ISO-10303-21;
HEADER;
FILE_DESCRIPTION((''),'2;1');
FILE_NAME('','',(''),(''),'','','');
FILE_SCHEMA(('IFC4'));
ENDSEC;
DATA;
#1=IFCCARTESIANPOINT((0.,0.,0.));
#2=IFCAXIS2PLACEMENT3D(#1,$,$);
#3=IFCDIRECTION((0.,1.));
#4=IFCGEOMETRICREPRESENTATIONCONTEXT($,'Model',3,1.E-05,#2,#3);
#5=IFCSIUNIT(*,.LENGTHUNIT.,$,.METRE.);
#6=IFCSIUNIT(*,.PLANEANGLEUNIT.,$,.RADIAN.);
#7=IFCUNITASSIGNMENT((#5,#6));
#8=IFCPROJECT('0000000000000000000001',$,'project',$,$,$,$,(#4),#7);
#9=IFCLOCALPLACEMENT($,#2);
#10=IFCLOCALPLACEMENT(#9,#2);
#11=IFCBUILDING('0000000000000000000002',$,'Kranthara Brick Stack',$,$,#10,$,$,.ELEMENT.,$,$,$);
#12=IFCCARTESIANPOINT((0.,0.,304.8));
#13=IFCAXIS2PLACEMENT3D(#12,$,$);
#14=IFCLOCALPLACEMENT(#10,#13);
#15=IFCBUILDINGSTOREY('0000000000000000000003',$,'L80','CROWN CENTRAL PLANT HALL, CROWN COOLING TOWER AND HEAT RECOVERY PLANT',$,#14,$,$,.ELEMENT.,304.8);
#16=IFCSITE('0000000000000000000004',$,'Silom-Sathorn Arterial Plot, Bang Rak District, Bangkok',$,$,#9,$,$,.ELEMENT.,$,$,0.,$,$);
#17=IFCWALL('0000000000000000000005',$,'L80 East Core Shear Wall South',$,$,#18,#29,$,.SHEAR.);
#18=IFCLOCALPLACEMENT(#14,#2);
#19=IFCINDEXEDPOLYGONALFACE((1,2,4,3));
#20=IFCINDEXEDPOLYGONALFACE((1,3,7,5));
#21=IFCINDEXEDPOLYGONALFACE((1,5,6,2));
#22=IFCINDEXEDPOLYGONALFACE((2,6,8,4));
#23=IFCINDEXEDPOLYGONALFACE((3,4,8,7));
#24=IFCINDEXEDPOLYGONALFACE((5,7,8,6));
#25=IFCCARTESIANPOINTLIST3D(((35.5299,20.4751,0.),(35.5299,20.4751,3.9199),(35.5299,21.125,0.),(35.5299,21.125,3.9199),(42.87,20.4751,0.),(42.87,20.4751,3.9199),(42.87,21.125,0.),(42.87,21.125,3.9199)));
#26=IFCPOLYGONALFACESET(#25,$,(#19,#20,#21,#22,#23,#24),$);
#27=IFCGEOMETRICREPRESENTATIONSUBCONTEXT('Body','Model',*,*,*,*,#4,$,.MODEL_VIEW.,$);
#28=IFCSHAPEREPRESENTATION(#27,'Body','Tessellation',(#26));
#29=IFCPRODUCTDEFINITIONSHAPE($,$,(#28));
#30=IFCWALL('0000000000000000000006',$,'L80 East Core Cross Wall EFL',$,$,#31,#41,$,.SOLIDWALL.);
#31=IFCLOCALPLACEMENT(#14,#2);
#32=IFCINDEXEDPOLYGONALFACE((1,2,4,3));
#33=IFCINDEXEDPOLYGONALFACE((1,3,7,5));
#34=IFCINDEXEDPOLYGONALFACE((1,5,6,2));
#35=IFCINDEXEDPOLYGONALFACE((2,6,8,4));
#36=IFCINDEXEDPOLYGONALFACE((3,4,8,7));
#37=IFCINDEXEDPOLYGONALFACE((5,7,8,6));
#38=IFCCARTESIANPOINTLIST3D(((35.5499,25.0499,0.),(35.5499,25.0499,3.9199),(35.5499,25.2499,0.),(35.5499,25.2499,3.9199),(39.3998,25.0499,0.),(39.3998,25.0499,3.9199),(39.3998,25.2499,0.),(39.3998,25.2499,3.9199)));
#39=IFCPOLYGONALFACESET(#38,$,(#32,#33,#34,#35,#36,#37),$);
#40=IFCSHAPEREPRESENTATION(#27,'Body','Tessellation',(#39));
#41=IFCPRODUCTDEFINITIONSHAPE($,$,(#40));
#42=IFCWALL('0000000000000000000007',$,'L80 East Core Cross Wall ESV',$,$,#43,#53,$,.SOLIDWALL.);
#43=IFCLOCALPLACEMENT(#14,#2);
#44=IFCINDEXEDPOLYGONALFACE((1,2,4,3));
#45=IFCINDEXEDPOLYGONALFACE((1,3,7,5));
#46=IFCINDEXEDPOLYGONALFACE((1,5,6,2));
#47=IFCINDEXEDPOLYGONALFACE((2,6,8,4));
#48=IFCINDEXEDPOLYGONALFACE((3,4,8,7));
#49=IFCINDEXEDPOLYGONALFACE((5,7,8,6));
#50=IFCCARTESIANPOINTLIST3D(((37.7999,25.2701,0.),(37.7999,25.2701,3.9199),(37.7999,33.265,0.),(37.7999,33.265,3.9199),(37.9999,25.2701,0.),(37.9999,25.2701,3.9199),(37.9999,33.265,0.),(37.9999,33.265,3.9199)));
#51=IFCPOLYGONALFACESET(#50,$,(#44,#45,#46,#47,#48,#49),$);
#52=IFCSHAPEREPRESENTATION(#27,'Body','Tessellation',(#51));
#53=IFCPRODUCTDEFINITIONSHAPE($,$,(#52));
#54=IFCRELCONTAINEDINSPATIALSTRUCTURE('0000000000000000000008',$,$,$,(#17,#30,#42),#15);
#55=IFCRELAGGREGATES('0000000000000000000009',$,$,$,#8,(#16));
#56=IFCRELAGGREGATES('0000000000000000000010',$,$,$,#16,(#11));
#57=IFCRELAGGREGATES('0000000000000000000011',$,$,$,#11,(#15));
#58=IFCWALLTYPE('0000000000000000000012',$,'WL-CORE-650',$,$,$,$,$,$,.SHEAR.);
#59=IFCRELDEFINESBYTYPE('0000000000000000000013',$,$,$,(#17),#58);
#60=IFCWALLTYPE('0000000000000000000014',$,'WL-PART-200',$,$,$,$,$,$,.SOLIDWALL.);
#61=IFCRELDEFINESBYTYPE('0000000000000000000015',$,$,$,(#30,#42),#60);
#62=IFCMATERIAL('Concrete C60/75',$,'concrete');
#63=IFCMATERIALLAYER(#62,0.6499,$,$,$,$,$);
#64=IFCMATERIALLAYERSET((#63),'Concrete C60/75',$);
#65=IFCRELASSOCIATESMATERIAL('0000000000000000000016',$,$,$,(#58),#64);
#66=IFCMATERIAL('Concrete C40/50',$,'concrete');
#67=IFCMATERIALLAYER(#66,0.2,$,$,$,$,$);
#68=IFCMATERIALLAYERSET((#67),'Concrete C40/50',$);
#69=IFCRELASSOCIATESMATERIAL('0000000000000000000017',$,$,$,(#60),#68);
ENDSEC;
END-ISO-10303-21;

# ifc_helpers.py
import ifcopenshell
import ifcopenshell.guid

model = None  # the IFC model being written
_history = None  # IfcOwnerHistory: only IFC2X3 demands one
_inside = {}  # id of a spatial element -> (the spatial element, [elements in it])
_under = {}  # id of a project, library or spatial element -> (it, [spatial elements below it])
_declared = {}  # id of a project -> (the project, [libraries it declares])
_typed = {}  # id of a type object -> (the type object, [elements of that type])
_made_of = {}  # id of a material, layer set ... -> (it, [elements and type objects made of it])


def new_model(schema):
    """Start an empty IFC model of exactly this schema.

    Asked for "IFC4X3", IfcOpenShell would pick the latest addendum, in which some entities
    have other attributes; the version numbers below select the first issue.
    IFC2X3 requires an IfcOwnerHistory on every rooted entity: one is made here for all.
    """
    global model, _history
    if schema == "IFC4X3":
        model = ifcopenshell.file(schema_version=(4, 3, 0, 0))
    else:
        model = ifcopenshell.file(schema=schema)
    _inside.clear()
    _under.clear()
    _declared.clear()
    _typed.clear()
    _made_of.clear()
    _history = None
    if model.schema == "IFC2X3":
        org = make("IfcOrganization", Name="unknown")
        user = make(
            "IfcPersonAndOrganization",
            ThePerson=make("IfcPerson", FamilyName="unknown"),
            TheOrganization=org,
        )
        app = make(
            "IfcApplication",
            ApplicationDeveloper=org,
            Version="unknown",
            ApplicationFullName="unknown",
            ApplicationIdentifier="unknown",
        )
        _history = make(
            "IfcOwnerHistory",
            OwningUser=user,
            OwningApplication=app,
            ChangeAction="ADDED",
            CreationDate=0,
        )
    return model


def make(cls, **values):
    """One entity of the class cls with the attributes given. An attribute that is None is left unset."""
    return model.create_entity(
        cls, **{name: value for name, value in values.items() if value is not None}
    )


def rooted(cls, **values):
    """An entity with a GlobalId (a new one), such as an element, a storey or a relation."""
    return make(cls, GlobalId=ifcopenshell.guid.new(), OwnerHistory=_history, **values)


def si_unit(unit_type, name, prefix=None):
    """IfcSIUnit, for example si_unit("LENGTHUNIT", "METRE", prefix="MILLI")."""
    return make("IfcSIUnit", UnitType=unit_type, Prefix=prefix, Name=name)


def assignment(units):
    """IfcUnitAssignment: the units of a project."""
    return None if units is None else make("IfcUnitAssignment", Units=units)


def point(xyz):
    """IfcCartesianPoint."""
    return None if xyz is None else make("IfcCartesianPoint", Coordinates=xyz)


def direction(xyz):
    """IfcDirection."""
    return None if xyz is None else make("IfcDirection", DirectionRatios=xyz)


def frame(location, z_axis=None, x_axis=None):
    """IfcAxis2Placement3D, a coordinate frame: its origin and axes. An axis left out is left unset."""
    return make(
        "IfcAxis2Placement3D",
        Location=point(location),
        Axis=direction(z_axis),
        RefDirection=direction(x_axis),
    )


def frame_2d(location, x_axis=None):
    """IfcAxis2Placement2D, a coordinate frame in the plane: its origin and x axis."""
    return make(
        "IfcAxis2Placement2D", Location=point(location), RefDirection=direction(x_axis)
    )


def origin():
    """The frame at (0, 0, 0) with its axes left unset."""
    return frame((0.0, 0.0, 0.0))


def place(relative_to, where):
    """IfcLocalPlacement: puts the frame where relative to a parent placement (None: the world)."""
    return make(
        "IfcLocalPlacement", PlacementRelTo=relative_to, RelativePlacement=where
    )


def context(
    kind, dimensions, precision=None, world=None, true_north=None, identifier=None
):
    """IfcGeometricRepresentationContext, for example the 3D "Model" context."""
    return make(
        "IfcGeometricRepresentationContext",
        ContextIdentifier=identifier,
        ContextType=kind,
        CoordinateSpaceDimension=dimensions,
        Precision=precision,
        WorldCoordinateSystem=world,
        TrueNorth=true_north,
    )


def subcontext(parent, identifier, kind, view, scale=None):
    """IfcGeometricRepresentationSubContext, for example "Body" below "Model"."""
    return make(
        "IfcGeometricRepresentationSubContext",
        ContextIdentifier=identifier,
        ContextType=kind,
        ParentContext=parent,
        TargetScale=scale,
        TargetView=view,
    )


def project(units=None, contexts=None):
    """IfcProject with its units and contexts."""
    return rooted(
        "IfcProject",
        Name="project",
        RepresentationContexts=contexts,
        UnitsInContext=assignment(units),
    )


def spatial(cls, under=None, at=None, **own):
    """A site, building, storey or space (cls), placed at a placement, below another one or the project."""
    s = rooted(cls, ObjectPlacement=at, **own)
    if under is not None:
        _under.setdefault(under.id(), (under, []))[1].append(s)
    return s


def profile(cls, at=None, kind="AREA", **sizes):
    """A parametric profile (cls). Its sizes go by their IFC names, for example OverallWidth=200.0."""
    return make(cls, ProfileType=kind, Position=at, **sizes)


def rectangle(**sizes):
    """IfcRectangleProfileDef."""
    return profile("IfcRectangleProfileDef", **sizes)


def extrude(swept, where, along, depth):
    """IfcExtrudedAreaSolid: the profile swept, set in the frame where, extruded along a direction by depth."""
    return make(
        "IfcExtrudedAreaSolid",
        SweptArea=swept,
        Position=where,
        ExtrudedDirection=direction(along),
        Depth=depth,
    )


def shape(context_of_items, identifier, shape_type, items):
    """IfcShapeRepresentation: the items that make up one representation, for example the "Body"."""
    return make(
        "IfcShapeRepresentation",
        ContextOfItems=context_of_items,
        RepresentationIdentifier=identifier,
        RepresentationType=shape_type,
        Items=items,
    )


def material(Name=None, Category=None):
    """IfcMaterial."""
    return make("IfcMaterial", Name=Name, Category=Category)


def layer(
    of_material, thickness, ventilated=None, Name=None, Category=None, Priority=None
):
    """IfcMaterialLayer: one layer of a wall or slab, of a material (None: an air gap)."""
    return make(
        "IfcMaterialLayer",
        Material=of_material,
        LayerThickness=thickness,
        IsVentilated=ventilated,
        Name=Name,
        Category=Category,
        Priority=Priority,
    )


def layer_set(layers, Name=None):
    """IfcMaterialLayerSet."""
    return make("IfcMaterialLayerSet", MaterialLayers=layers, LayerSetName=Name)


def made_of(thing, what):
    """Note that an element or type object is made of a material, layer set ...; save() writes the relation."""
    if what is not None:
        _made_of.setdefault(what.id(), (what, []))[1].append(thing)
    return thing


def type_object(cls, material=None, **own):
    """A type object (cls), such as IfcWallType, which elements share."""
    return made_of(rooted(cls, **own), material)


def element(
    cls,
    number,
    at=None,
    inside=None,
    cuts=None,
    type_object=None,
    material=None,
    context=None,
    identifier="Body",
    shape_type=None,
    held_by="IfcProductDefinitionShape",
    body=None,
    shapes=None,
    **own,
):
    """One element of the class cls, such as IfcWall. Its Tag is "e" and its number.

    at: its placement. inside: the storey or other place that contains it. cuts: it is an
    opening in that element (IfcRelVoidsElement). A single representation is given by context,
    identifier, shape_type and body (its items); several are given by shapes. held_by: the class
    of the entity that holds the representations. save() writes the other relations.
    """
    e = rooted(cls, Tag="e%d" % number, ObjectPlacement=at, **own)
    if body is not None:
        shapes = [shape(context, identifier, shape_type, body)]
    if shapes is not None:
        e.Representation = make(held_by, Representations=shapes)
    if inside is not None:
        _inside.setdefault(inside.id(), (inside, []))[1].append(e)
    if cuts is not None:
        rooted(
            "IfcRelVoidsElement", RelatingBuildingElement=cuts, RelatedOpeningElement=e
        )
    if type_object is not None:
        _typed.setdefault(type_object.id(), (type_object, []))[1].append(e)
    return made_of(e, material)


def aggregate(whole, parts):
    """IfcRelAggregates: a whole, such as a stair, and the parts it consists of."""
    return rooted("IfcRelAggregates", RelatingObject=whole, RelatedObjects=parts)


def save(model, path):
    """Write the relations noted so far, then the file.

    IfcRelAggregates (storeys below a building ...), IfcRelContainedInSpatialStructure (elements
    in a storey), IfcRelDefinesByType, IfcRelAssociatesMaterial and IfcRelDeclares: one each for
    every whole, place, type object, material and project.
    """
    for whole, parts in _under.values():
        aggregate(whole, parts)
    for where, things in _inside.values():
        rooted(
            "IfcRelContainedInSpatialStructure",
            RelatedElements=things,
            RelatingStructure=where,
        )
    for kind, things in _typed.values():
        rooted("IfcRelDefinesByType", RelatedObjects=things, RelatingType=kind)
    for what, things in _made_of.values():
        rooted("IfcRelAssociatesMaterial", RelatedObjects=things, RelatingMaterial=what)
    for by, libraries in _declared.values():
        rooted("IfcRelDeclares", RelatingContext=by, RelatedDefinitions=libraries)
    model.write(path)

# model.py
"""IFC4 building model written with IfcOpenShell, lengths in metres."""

from ifc_helpers import new_model, si_unit, direction, frame, frame_2d, origin, place, context, subcontext, project, spatial, rectangle, extrude, material, layer, layer_set, type_object, element, save


model = new_model("IFC4")

# Units and contexts
model_context = context("Model", 3, precision=1e-05, world=origin(), true_north=direction((0.0, 1.0)))
body_context = subcontext(model_context, "Body", "Model", "MODEL_VIEW")
ifc_project = project(units=[si_unit("LENGTHUNIT", "METRE"), si_unit("PLANEANGLEUNIT", "RADIAN")], contexts=[model_context])

# Site, building, storey
site_placement = place(None, origin())
site = spatial("IfcSite", under=ifc_project, at=site_placement, Name="Silom-Sathorn Arterial Plot, Bang Rak District, Bangkok", CompositionType="ELEMENT", RefElevation=0.0)
building_placement = place(site_placement, origin())
building = spatial("IfcBuilding", under=site, at=building_placement, Name="Kranthara Brick Stack", CompositionType="ELEMENT")
storey_placement = place(building_placement, frame((0.0, 0.0, 304.8)))
storey = spatial("IfcBuildingStorey", under=building, at=storey_placement, Name="L80", Description="CROWN CENTRAL PLANT HALL, CROWN COOLING TOWER AND HEAT RECOVERY PLANT", CompositionType="ELEMENT", Elevation=304.8)

# Wall
ifc_material_1 = material(Name="Concrete C60/75", Category="concrete")
ifc_layer_1 = layer(ifc_material_1, 0.6499)
ifc_layer_set_1 = layer_set([ifc_layer_1], Name="Concrete C60/75")
wall_type_1 = type_object("IfcWallType", Name="WL-CORE-650", PredefinedType="SHEAR", material=ifc_layer_set_1)
wall_1_placement = place(storey_placement, frame((35.53, 20.8, 0.0), z_axis=(0.0, 0.0, 1.0), x_axis=(1.0, 0.0, 0.0)))
element("IfcWall", 1, at=wall_1_placement, inside=storey, type_object=wall_type_1, Name="L80 East Core Shear Wall South", PredefinedType="SHEAR", context=body_context, shape_type="SweptSolid", body=[
    extrude(rectangle(XDim=7.3401, YDim=0.6499, at=frame_2d((3.6699, 0.0))), origin(), (0.0, 0.0, 1.0), 3.9199),
])

# Walls
ifc_material_2 = material(Name="Concrete C40/50", Category="concrete")
ifc_layer_2 = layer(ifc_material_2, 0.2)
ifc_layer_set_2 = layer_set([ifc_layer_2], Name="Concrete C40/50")
wall_type_2 = type_object("IfcWallType", Name="WL-PART-200", PredefinedType="SOLIDWALL", material=ifc_layer_set_2)
wall_2_placement = place(storey_placement, frame((35.55, 25.1499, 0.0), z_axis=(0.0, 0.0, 1.0), x_axis=(1.0, 0.0, 0.0)))
element("IfcWall", 2, at=wall_2_placement, inside=storey, type_object=wall_type_2, Name="L80 East Core Cross Wall EFL", PredefinedType="SOLIDWALL", context=body_context, shape_type="SweptSolid", body=[
    extrude(rectangle(XDim=3.8499, YDim=0.2, at=frame_2d((1.9248, 0.0))), origin(), (0.0, 0.0, 1.0), 3.9199),
])
wall_3_placement = place(storey_placement, frame((37.8999, 25.27, 0.0), z_axis=(0.0, 0.0, 1.0), x_axis=(0.0, 1.0, 0.0)))
element("IfcWall", 3, at=wall_3_placement, inside=storey, type_object=wall_type_2, Name="L80 East Core Cross Wall ESV", PredefinedType="SOLIDWALL", context=body_context, shape_type="SweptSolid", body=[
    extrude(rectangle(XDim=7.9949, YDim=0.2, at=frame_2d((3.9976, 0.0))), origin(), (0.0, 0.0, 1.0), 3.9199),
])

save(model, "model.ifc")
